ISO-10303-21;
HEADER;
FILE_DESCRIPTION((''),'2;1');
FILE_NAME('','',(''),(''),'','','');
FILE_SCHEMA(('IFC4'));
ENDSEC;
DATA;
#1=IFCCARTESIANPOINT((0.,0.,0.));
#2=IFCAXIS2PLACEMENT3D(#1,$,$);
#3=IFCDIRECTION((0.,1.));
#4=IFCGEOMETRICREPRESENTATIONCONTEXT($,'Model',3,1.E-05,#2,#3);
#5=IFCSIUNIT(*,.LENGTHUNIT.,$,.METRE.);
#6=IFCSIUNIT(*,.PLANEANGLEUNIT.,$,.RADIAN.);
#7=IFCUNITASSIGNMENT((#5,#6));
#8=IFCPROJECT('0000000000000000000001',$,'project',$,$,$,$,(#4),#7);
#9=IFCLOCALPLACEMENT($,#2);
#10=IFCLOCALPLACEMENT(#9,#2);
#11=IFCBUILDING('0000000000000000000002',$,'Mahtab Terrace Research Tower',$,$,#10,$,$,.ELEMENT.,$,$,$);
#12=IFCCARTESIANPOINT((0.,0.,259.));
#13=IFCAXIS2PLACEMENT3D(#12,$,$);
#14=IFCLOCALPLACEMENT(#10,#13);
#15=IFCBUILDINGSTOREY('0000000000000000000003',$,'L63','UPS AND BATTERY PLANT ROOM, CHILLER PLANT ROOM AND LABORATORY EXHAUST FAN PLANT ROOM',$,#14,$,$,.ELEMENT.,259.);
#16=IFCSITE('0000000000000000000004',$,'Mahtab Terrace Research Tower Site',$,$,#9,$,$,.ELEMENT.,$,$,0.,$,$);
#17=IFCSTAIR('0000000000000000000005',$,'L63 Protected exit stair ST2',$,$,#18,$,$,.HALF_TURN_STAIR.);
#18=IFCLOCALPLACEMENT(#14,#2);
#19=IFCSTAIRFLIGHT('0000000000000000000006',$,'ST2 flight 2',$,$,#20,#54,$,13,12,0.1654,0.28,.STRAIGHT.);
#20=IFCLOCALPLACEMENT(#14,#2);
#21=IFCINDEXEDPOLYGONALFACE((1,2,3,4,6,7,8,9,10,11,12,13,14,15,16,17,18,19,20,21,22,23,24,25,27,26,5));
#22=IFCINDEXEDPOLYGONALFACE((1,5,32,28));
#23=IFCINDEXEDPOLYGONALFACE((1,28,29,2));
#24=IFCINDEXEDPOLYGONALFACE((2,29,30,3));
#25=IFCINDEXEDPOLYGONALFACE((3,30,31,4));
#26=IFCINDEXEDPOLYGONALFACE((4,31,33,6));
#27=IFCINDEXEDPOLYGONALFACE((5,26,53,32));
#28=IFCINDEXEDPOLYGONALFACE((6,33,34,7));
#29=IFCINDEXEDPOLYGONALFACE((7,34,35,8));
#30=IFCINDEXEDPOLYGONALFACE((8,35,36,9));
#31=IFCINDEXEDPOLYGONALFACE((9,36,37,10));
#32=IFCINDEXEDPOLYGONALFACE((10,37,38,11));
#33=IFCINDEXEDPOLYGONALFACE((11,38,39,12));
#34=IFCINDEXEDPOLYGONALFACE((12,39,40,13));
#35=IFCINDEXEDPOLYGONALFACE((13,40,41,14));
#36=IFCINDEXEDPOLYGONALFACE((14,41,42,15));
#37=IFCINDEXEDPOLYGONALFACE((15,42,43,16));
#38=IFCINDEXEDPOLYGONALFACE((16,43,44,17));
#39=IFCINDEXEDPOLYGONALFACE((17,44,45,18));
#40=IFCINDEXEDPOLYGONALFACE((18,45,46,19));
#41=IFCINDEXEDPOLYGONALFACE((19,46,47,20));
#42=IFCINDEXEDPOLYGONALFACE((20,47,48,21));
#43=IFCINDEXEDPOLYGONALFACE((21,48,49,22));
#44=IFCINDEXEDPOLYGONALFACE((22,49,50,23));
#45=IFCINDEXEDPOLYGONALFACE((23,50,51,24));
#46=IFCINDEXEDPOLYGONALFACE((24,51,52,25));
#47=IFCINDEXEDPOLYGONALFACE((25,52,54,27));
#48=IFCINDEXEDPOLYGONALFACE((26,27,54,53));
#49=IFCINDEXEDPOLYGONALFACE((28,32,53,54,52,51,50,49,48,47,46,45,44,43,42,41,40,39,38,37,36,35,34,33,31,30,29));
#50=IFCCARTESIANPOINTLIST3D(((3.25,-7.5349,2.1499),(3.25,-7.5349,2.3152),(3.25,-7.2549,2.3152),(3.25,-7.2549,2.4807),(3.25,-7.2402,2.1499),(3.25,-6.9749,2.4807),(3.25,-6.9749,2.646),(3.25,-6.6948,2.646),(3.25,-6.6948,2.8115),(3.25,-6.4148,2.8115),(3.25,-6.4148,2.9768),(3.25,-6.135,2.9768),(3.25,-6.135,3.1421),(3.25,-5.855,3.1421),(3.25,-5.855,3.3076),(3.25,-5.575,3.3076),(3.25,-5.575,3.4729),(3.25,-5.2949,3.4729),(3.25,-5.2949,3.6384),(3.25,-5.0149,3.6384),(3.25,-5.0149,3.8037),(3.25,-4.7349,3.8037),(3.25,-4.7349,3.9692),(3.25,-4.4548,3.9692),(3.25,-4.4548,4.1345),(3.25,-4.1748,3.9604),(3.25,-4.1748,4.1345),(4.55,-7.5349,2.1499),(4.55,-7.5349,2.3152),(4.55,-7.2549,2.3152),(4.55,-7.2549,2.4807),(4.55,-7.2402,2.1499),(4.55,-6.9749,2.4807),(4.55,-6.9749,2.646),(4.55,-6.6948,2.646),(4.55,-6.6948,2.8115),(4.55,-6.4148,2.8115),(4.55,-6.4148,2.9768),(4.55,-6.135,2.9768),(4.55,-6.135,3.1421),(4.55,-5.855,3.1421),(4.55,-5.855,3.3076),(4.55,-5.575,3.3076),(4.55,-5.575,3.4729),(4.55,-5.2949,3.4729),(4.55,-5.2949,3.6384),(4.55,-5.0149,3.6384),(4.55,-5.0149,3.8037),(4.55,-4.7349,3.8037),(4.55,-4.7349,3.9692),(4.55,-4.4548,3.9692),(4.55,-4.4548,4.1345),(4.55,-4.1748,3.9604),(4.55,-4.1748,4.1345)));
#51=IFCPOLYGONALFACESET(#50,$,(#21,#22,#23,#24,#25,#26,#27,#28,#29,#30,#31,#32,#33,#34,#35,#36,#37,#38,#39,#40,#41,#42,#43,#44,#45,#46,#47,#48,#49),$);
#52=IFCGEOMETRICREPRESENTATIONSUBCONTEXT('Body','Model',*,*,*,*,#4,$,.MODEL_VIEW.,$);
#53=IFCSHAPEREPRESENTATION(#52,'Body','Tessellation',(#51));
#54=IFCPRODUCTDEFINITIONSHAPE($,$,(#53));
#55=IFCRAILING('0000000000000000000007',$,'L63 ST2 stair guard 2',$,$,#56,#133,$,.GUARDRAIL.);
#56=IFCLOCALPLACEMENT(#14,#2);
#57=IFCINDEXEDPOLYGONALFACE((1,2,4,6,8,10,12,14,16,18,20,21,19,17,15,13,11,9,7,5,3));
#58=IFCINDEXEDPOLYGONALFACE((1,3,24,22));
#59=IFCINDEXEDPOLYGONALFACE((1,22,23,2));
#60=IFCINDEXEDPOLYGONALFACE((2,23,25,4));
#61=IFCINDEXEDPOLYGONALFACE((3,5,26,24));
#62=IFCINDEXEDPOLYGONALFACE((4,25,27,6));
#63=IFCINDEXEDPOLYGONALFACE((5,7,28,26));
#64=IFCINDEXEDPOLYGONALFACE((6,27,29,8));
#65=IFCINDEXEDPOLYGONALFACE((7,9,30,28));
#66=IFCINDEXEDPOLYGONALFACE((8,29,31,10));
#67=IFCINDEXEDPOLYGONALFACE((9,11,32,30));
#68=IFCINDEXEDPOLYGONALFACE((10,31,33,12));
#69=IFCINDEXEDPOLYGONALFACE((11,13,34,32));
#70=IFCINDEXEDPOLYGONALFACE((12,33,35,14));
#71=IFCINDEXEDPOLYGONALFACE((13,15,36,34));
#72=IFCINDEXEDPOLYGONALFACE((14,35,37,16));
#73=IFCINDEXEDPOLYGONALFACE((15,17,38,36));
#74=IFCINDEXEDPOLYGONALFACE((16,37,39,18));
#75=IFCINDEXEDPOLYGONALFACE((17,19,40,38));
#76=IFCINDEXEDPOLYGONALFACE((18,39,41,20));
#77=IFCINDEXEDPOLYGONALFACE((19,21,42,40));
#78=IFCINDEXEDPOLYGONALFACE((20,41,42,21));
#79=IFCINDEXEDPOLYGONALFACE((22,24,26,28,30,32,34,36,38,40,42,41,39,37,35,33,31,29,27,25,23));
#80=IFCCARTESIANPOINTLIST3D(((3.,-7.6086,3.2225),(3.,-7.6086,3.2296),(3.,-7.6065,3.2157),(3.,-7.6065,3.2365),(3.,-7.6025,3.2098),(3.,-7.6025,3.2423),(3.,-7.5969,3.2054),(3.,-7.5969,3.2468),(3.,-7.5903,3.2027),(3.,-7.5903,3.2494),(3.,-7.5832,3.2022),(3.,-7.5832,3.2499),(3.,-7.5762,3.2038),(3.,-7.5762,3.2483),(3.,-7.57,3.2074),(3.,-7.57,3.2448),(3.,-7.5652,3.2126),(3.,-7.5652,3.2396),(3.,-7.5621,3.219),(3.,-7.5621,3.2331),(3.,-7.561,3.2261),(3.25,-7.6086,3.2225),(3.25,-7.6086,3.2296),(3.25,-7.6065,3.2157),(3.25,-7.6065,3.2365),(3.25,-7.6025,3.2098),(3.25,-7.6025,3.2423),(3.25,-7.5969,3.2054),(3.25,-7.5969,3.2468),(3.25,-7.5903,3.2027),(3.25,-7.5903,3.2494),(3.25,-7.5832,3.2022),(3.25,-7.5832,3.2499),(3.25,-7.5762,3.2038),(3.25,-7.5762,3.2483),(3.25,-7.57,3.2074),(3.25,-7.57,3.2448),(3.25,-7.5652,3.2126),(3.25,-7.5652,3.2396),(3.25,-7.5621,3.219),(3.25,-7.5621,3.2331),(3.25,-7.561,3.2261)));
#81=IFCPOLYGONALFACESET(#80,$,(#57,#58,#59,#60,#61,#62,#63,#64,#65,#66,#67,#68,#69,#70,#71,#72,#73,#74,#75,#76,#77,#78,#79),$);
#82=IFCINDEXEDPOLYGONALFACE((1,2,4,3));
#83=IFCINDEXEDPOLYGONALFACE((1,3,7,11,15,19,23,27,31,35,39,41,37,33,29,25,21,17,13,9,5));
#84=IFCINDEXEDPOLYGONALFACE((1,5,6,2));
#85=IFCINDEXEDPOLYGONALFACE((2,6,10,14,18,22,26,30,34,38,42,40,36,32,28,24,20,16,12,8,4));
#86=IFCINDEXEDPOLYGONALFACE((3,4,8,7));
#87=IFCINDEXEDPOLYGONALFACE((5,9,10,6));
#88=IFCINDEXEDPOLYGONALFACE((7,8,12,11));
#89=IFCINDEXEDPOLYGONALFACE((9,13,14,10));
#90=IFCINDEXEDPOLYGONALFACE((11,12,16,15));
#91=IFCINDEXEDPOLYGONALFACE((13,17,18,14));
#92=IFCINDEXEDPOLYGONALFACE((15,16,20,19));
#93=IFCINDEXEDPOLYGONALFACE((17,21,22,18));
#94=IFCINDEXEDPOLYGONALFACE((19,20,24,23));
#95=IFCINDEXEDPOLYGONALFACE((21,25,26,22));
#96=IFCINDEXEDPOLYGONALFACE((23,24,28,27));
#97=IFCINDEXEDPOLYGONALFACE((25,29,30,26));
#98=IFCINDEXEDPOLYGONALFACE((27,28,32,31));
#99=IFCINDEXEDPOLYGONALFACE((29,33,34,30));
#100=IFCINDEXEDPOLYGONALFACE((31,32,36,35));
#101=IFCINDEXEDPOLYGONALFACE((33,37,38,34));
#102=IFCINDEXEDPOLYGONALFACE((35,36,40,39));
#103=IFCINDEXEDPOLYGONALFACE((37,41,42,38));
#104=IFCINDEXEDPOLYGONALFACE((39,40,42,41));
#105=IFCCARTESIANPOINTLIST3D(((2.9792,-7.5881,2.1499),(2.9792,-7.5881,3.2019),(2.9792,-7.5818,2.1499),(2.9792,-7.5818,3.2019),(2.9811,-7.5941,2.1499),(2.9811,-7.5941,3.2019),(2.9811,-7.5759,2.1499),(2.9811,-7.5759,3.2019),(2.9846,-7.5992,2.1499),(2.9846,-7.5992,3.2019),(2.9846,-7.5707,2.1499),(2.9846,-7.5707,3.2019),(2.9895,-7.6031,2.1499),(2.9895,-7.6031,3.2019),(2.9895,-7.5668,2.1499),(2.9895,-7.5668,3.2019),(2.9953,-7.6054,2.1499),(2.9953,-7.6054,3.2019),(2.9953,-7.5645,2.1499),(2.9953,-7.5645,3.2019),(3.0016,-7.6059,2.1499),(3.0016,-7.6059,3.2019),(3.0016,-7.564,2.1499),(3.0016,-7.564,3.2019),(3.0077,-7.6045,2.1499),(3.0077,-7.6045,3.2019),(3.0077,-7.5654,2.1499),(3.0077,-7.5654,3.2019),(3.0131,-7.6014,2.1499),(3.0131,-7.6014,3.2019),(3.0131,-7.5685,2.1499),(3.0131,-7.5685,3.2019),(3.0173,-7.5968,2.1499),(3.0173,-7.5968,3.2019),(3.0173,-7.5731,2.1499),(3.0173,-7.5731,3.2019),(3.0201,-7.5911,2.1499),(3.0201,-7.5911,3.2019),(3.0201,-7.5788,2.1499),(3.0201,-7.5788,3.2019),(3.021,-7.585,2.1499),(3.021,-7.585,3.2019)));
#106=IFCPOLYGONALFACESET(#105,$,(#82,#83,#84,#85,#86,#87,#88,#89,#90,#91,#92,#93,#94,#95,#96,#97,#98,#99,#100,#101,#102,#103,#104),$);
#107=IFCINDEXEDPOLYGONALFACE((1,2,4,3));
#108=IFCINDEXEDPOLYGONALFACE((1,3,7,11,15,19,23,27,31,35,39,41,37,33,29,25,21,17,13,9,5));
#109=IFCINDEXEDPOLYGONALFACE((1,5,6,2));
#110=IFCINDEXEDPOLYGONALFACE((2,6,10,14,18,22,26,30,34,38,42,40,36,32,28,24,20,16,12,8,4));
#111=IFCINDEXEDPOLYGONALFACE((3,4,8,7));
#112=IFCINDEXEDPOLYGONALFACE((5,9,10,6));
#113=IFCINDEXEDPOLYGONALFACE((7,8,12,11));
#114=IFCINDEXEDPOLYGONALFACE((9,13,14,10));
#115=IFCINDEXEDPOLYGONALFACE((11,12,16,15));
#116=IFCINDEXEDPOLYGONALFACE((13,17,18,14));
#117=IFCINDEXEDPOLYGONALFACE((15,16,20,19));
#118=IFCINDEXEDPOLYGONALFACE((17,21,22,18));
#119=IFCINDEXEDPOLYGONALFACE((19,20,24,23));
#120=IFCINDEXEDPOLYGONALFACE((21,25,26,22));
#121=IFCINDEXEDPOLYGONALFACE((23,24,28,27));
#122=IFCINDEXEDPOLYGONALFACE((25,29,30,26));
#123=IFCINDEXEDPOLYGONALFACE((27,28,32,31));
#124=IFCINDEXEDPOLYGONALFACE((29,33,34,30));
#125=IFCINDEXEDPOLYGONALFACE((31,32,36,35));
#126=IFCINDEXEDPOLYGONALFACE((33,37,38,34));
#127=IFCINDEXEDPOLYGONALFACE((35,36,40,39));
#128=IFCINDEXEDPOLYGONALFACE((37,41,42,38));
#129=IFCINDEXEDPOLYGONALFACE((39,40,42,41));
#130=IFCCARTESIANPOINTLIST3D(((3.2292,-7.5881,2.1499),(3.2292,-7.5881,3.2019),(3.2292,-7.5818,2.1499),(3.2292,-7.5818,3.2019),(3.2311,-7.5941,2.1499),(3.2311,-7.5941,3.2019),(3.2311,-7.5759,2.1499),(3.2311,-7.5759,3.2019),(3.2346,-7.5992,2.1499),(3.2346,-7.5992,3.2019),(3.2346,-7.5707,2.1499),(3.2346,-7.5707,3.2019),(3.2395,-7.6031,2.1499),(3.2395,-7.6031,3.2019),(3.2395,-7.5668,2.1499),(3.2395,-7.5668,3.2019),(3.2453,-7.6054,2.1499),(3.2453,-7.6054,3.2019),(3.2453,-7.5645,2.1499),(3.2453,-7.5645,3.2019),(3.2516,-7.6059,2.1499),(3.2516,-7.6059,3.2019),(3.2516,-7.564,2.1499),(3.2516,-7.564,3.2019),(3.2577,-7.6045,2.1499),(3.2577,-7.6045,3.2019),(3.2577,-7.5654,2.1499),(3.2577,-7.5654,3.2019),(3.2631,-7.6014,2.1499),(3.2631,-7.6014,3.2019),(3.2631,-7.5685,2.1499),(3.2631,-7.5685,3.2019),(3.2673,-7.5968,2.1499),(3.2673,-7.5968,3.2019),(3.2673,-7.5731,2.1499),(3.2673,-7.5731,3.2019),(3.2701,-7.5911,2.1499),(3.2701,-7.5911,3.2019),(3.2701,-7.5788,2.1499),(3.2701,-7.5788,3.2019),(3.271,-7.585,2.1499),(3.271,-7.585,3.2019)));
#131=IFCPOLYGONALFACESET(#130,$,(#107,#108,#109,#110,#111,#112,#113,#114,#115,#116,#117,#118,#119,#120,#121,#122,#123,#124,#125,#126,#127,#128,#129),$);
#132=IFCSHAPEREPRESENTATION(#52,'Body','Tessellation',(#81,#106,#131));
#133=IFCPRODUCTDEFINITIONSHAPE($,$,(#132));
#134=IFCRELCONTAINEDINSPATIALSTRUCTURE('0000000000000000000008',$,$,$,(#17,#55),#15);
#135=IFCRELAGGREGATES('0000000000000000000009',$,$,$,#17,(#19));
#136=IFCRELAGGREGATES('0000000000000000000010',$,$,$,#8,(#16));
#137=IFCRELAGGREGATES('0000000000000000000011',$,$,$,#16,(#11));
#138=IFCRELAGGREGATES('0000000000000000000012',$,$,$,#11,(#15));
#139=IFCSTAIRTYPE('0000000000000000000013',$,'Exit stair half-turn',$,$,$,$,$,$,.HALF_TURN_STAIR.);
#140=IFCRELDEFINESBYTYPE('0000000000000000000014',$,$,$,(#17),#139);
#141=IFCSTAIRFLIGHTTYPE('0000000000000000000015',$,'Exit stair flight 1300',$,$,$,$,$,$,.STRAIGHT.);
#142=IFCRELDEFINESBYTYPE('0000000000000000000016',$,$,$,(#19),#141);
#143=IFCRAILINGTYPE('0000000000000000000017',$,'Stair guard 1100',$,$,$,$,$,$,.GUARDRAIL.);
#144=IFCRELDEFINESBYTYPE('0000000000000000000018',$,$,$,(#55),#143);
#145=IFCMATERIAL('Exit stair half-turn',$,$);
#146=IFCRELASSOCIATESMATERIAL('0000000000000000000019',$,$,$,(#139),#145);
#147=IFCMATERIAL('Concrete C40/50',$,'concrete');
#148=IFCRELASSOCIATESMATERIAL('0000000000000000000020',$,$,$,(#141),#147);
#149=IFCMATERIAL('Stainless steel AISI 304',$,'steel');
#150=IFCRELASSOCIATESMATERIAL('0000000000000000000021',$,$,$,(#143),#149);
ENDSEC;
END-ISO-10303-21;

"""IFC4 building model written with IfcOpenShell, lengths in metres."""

from ifc_helpers import new_model, si_unit, direction, frame, origin, origin_2d, place, context, subcontext, project, spatial, polyline, circle, outline, extrude, material, type_object, element, aggregate, save


model = new_model("IFC4")

# Units and contexts
model_context = context("Model", 3, precision=1e-05, world=origin(), true_north=direction((0.0, 1.0)))
body_context = subcontext(model_context, "Body", "Model", "MODEL_VIEW")
ifc_project = project(units=[si_unit("LENGTHUNIT", "METRE"), si_unit("PLANEANGLEUNIT", "RADIAN")], contexts=[model_context])

# Site, building, storey
site_placement = place(None, origin())
site = spatial("IfcSite", under=ifc_project, at=site_placement, Name="Mahtab Terrace Research Tower Site", CompositionType="ELEMENT", RefElevation=0.0)
building_placement = place(site_placement, origin())
building = spatial("IfcBuilding", under=site, at=building_placement, Name="Mahtab Terrace Research Tower", CompositionType="ELEMENT")
storey_placement = place(building_placement, frame((0.0, 0.0, 259.0)))
storey = spatial("IfcBuildingStorey", under=building, at=storey_placement, Name="L63", Description="UPS AND BATTERY PLANT ROOM, CHILLER PLANT ROOM AND LABORATORY EXHAUST FAN PLANT ROOM", CompositionType="ELEMENT", Elevation=259.0)

# Stair, stair flight
ifc_material_1 = material(Name="Exit stair half-turn")
stair_type = type_object("IfcStairType", Name="Exit stair half-turn", PredefinedType="HALF_TURN_STAIR", material=ifc_material_1)
stair_placement = place(storey_placement, origin())
stair = element("IfcStair", 1, at=stair_placement, inside=storey, type_object=stair_type, Name="L63 Protected exit stair ST2", PredefinedType="HALF_TURN_STAIR")
ifc_material_2 = material(Name="Concrete C40/50", Category="concrete")
stair_flight_type = type_object("IfcStairFlightType", Name="Exit stair flight 1300", PredefinedType="STRAIGHT", material=ifc_material_2)
stair_flight_placement = place(storey_placement, frame((3.8999, -7.5349, 2.1499), z_axis=(0.0, 0.0, 1.0), x_axis=(0.0, 1.0, 0.0)))
stair_flight = element("IfcStairFlight", 2, at=stair_flight_placement, type_object=stair_flight_type, Name="ST2 flight 2", NumberOfRisers=13, NumberOfTreads=12, PredefinedType="STRAIGHT", RiserHeight=0.1654, TreadLength=0.28, context=body_context, shape_type="SweptSolid", body=[
    extrude(outline(polyline([(0.0, 0.0), (0.0, 0.1653), (0.28, 0.1653), (0.28, 0.3308), (0.5601, 0.3308), (0.5601, 0.4961), (0.8401, 0.4961), (0.8401, 0.6616), (1.1201, 0.6616), (1.1201, 0.8269), (1.3999, 0.8269), (1.3999, 0.9922), (1.6799, 0.9922), (1.6799, 1.1577), (1.96, 1.1577), (1.96, 1.323), (2.24, 1.323), (2.24, 1.4885), (2.52, 1.4885), (2.52, 1.6538), (2.8, 1.6538), (2.8, 1.8193), (3.0801, 1.8193), (3.0801, 1.9846), (3.3601, 1.9846), (3.3601, 2.1499), (3.3601, 1.8105), (0.2947, 0.0), (0.0, 0.0)])), frame((0.0, 0.6499, 0.0), z_axis=(0.0, -1.0, 0.0), x_axis=(1.0, 0.0, 0.0)), (0.0, 0.0, 1.0), 1.3),
])
aggregate(stair, [stair_flight])

# Railing
ifc_material_3 = material(Name="Stainless steel AISI 304", Category="steel")
railing_type_1 = type_object("IfcRailingType", Name="Stair guard 1100", PredefinedType="GUARDRAIL", material=ifc_material_3)
railing_1_placement = place(storey_placement, frame((3.0, -7.585, 2.1499)))
element("IfcRailing", 3, at=railing_1_placement, inside=storey, type_object=railing_type_1, Name="L63 ST2 stair guard 2", PredefinedType="GUARDRAIL", context=body_context, shape_type="SweptSolid", body=[
    extrude(circle(Radius=0.0239, at=origin_2d()), frame((0.0, 0.0, 1.0762), z_axis=(1.0, 0.0, 0.0), x_axis=(0.0, 1.0, 0.0)), (0.0, 0.0, 1.0), 0.25),
    extrude(circle(Radius=0.021, at=origin_2d()), origin(), (0.0, 0.0, 1.0), 1.052),
    extrude(circle(Radius=0.021, at=origin_2d()), frame((0.25, 0.0, 0.0)), (0.0, 0.0, 1.0), 1.052),
])

save(model, "model.ifc")
